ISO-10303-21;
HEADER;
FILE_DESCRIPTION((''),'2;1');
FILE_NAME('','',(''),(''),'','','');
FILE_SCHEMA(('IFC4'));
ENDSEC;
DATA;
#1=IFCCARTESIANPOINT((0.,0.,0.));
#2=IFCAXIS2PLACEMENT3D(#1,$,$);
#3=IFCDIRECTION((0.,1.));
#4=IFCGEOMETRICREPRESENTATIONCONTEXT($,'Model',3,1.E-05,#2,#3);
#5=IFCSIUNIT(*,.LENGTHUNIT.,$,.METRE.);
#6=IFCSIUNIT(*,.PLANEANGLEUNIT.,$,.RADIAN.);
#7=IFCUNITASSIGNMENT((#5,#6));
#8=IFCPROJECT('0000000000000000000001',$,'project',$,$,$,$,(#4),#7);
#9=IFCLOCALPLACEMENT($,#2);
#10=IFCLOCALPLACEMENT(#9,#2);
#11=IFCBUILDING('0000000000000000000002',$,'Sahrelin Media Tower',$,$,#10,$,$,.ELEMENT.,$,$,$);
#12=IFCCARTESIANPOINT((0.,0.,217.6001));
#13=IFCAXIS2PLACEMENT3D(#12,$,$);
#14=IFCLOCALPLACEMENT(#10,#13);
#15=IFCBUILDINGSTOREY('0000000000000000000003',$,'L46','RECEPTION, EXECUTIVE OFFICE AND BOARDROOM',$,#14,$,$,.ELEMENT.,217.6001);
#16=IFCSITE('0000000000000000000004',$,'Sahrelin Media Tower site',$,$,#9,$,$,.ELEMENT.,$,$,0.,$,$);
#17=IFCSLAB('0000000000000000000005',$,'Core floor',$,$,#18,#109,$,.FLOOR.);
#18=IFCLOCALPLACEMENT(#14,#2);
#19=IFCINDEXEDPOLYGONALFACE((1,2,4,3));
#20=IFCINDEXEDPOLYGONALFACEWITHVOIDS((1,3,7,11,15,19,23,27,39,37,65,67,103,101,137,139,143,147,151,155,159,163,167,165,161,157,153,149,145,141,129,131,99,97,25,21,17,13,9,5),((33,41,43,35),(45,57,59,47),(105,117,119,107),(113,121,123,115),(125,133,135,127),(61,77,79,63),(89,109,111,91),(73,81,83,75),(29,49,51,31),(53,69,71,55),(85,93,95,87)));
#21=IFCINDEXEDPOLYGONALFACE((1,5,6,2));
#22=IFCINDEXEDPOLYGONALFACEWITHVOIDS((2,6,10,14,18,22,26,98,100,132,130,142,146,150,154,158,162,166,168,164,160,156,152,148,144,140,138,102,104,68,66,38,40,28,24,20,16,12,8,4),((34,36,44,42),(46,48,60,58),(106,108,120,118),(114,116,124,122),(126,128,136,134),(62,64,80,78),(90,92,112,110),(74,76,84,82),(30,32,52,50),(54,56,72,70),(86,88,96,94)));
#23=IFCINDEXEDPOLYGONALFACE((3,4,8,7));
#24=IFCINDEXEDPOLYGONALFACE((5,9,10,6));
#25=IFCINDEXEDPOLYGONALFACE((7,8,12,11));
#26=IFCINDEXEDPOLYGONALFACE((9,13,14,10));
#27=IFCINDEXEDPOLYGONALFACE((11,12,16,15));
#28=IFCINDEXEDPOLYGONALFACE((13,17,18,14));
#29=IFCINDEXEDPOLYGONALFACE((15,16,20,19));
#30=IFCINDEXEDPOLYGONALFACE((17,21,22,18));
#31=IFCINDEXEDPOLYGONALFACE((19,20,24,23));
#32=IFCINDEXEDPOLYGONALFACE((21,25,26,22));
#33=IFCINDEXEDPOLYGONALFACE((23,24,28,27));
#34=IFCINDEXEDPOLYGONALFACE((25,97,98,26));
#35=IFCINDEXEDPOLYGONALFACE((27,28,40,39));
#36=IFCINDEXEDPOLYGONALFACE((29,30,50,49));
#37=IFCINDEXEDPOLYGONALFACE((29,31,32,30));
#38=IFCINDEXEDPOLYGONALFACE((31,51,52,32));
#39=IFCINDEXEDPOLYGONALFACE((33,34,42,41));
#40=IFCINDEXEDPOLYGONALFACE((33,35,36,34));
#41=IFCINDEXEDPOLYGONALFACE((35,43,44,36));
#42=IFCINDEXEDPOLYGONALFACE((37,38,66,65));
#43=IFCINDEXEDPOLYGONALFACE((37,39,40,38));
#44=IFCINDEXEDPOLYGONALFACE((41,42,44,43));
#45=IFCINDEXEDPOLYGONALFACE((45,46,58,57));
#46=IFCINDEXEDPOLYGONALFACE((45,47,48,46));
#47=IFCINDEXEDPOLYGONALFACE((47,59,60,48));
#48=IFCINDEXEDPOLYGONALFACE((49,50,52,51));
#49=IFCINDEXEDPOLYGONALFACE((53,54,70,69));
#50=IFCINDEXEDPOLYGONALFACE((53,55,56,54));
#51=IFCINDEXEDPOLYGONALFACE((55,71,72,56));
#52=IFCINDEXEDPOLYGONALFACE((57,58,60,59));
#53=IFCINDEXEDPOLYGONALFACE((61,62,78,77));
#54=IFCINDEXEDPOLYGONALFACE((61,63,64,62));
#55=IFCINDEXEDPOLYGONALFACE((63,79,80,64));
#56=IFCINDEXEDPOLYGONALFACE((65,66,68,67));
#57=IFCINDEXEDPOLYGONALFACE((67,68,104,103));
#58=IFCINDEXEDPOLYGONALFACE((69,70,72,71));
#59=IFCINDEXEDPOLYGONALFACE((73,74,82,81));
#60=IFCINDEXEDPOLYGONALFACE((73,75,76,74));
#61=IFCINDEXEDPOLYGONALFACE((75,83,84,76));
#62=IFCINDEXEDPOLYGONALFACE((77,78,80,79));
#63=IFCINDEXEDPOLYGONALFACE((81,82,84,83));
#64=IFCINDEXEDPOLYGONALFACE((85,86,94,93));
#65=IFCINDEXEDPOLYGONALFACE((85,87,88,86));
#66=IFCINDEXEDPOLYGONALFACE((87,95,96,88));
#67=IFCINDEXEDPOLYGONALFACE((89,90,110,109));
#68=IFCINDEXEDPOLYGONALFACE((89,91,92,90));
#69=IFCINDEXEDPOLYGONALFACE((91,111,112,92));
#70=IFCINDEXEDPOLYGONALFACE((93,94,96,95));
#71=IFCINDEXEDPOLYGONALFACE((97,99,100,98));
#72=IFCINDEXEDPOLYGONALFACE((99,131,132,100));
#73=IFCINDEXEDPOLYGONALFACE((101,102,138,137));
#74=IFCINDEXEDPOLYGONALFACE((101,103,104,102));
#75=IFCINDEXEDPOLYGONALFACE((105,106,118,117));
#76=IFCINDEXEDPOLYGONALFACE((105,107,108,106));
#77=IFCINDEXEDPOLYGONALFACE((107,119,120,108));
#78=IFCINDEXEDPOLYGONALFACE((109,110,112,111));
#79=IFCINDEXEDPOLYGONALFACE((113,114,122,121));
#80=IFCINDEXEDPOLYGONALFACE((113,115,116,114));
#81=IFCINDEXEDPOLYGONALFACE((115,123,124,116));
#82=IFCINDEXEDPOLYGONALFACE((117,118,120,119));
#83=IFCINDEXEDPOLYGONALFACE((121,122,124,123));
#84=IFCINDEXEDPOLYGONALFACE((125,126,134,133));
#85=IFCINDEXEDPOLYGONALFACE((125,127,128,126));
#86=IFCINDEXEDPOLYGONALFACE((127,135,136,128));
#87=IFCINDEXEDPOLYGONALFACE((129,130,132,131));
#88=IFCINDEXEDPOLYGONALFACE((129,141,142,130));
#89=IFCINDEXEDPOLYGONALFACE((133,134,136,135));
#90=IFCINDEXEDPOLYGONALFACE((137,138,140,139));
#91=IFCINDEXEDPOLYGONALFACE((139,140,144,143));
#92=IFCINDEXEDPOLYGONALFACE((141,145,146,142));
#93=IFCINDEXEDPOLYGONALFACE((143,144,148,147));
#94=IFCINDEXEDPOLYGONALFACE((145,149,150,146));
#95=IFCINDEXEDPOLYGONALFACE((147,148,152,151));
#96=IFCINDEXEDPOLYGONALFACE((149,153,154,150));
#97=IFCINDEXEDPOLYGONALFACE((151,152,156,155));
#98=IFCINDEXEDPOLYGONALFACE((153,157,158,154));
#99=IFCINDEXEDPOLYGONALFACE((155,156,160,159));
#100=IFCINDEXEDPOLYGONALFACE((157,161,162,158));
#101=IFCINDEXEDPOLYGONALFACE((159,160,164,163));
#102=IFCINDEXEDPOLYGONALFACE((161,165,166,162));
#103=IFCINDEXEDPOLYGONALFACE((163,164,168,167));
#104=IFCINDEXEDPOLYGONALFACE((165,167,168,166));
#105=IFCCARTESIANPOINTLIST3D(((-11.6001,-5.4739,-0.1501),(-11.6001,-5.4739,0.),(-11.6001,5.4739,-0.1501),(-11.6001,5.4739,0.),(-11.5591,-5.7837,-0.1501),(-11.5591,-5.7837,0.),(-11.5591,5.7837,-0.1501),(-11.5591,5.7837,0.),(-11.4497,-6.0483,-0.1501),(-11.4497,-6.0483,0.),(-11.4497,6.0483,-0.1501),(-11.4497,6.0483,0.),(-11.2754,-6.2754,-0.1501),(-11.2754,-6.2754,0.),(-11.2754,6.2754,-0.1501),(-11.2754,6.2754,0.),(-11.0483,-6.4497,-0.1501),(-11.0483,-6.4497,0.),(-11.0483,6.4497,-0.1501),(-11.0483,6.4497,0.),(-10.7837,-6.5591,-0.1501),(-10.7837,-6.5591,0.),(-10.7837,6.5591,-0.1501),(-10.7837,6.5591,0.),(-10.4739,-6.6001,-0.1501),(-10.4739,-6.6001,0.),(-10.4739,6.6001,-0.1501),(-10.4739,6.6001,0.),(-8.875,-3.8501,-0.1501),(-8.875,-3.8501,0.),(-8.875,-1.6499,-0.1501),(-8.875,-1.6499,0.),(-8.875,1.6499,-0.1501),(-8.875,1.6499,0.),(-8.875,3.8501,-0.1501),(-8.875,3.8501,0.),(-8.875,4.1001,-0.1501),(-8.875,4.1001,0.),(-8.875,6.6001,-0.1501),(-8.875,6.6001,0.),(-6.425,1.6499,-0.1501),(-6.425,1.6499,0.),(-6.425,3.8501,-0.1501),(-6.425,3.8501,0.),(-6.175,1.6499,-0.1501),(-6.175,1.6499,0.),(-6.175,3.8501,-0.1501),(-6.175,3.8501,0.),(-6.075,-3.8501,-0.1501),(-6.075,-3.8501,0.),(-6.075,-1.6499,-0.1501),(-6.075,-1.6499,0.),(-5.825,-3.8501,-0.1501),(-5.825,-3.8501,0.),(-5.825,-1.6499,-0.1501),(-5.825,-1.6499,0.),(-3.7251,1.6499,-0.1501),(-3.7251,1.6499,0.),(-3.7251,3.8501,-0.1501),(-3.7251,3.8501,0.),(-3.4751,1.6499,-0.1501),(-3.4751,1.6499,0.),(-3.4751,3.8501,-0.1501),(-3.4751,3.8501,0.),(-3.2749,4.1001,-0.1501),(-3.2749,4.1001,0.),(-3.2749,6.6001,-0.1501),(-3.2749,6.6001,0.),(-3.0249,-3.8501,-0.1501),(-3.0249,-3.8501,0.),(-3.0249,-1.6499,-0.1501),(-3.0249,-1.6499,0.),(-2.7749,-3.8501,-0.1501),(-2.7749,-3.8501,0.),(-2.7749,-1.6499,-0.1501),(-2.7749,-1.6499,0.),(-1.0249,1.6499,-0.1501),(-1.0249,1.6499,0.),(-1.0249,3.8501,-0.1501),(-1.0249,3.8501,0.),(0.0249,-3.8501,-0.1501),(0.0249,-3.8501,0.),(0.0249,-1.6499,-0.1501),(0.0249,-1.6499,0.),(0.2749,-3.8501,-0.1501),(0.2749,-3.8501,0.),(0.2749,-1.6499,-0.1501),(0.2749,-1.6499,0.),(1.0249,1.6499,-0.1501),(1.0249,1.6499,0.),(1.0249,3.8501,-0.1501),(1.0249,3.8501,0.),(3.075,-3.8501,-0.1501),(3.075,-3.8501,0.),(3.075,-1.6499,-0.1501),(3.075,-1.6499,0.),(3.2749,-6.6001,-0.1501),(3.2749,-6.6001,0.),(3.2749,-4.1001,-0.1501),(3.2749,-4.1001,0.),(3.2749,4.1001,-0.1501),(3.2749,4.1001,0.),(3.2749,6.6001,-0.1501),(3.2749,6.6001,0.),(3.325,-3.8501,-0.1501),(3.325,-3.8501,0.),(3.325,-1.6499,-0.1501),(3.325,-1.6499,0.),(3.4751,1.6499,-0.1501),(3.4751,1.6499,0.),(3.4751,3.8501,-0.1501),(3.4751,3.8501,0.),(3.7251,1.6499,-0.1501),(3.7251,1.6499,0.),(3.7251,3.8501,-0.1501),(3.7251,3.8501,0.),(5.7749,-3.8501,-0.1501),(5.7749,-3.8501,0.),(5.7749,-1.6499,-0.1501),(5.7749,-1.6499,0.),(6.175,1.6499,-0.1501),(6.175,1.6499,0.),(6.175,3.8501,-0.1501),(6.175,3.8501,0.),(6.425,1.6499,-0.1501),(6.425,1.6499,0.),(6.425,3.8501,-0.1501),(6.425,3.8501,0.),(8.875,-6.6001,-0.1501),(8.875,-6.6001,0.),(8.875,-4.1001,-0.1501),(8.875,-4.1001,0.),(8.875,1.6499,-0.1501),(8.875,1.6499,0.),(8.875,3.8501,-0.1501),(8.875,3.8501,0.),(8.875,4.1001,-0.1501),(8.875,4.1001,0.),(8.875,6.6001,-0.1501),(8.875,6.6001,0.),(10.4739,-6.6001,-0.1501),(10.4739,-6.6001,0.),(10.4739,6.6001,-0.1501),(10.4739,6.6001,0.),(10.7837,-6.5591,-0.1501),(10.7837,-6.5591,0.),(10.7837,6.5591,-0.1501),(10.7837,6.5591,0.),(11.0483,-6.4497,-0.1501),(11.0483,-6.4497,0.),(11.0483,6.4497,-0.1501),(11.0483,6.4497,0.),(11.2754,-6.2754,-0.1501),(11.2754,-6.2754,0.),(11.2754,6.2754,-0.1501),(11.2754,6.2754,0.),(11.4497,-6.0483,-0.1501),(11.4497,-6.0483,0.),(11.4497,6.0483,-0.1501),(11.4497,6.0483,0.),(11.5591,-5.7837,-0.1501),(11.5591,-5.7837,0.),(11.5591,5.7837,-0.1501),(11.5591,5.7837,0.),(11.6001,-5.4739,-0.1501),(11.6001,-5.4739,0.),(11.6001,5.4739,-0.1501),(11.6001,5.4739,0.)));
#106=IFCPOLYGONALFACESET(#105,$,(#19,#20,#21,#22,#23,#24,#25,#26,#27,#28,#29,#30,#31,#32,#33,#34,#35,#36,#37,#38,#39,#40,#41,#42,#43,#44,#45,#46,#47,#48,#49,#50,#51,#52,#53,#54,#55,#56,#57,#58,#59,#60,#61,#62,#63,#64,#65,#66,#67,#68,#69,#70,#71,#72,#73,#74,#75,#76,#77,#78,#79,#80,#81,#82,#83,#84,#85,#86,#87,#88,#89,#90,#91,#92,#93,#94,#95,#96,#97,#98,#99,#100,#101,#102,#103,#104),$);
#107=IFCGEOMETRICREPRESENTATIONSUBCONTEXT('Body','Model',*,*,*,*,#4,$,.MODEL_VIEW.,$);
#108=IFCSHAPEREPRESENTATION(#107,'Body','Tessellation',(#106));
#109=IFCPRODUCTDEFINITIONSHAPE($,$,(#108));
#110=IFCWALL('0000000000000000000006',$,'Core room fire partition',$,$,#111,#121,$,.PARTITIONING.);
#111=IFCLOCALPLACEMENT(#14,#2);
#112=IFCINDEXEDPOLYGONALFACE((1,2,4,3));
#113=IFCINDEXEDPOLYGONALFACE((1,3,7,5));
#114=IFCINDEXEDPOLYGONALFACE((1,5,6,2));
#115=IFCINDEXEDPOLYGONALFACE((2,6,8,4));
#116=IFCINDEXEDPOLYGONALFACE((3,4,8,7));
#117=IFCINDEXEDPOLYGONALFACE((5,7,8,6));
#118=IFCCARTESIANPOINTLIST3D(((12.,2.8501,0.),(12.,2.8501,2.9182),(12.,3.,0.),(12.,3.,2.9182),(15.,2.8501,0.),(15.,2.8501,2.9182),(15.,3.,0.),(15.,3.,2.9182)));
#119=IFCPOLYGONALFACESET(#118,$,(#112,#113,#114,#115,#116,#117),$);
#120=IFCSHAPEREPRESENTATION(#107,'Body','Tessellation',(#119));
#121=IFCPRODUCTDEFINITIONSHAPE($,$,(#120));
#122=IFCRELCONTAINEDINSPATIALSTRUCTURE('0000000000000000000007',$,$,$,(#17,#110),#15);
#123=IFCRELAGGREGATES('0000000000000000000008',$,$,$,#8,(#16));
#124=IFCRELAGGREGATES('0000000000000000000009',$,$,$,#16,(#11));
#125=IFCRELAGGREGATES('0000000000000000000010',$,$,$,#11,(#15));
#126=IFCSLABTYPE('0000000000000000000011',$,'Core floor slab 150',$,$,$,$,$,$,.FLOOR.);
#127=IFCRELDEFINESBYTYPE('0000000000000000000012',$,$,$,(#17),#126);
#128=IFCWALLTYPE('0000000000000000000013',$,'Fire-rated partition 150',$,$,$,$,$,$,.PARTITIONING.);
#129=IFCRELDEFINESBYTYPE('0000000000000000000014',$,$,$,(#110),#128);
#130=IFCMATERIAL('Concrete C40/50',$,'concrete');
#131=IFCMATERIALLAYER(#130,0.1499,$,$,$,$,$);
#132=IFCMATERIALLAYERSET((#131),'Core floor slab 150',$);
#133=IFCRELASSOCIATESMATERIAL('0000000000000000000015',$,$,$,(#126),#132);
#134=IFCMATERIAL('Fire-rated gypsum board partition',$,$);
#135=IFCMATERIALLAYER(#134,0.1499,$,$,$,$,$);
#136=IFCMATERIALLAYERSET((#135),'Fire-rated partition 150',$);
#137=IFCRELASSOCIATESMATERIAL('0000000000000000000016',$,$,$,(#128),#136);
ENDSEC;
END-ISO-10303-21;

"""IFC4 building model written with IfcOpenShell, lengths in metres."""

from ifc_helpers import new_model, si_unit, direction, frame, frame_2d, origin, place, context, subcontext, project, spatial, polyline, rectangle, outline, extrude, material, layer, layer_set, type_object, element, save


model = new_model("IFC4")

# Units and contexts
model_context = context("Model", 3, precision=1e-05, world=origin(), true_north=direction((0.0, 1.0)))
body_context = subcontext(model_context, "Body", "Model", "MODEL_VIEW")
ifc_project = project(units=[si_unit("LENGTHUNIT", "METRE"), si_unit("PLANEANGLEUNIT", "RADIAN")], contexts=[model_context])

# Site, building, storey
site_placement = place(None, origin())
site = spatial("IfcSite", under=ifc_project, at=site_placement, Name="Sahrelin Media Tower site", CompositionType="ELEMENT", RefElevation=0.0)
building_placement = place(site_placement, origin())
building = spatial("IfcBuilding", under=site, at=building_placement, Name="Sahrelin Media Tower", CompositionType="ELEMENT")
storey_placement = place(building_placement, frame((0.0, 0.0, 217.6001)))
storey = spatial("IfcBuildingStorey", under=building, at=storey_placement, Name="L46", Description="RECEPTION, EXECUTIVE OFFICE AND BOARDROOM", CompositionType="ELEMENT", Elevation=217.6001)

# Slab
ifc_material_1 = material(Name="Concrete C40/50", Category="concrete")
ifc_layer_1 = layer(ifc_material_1, 0.1499)
ifc_layer_set_1 = layer_set([ifc_layer_1], Name="Core floor slab 150")
slab_type = type_object("IfcSlabType", Name="Core floor slab 150", PredefinedType="FLOOR", material=ifc_layer_set_1)
slab_placement = place(storey_placement, frame((0.0, 0.0, -0.1501)))
element("IfcSlab", 1, at=slab_placement, inside=storey, type_object=slab_type, Name="Core floor", PredefinedType="FLOOR", context=body_context, shape_type="SweptSolid", body=[
    extrude(outline(polyline([(-11.6001, -5.4739), (-11.5591, -5.7837), (-11.4497, -6.0483), (-11.2754, -6.2754), (-11.0483, -6.4497), (-10.7837, -6.5591), (-10.4739, -6.6001), (3.2749, -6.6001), (3.2749, -4.1001), (8.875, -4.1001), (8.875, -6.6001), (10.4739, -6.6001), (10.7837, -6.5591), (11.0483, -6.4497), (11.2754, -6.2754), (11.4497, -6.0483), (11.5591, -5.7837), (11.6001, -5.4739), (11.6001, 5.4739), (11.5591, 5.7837), (11.4497, 6.0483), (11.2754, 6.2754), (11.0483, 6.4497), (10.7837, 6.5591), (10.4739, 6.6001), (8.875, 6.6001), (8.875, 4.1001), (3.2749, 4.1001), (3.2749, 6.6001), (-3.2749, 6.6001), (-3.2749, 4.1001), (-8.875, 4.1001), (-8.875, 6.6001), (-10.4739, 6.6001), (-10.7837, 6.5591), (-11.0483, 6.4497), (-11.2754, 6.2754), (-11.4497, 6.0483), (-11.5591, 5.7837), (-11.6001, 5.4739), (-11.6001, -5.4739)]), holes=[polyline([(-8.875, 3.8501), (-8.875, 1.6499), (-6.425, 1.6499), (-6.425, 3.8501), (-8.875, 3.8501)]), polyline([(-3.7251, 3.8501), (-6.175, 3.8501), (-6.175, 1.6499), (-3.7251, 1.6499), (-3.7251, 3.8501)]), polyline([(-1.0249, 1.6499), (-1.0249, 3.8501), (-3.4751, 3.8501), (-3.4751, 1.6499), (-1.0249, 1.6499)]), polyline([(1.0249, 1.6499), (3.4751, 1.6499), (3.4751, 3.8501), (1.0249, 3.8501), (1.0249, 1.6499)]), polyline([(3.7251, 3.8501), (3.7251, 1.6499), (6.175, 1.6499), (6.175, 3.8501), (3.7251, 3.8501)]), polyline([(8.875, 3.8501), (6.425, 3.8501), (6.425, 1.6499), (8.875, 1.6499), (8.875, 3.8501)]), polyline([(-6.075, -3.8501), (-6.075, -1.6499), (-8.875, -1.6499), (-8.875, -3.8501), (-6.075, -3.8501)]), polyline([(-5.825, -3.8501), (-3.0249, -3.8501), (-3.0249, -1.6499), (-5.825, -1.6499), (-5.825, -3.8501)]), polyline([(-2.7749, -1.6499), (-2.7749, -3.8501), (0.0249, -3.8501), (0.0249, -1.6499), (-2.7749, -1.6499)]), polyline([(3.075, -1.6499), (0.2749, -1.6499), (0.2749, -3.8501), (3.075, -3.8501), (3.075, -1.6499)]), polyline([(5.7749, -3.8501), (5.7749, -1.6499), (3.325, -1.6499), (3.325, -3.8501), (5.7749, -3.8501)])]), origin(), (0.0, 0.0, 1.0), 0.1501),
])

# Wall
ifc_material_2 = material(Name="Fire-rated gypsum board partition")
ifc_layer_2 = layer(ifc_material_2, 0.1499)
ifc_layer_set_2 = layer_set([ifc_layer_2], Name="Fire-rated partition 150")
wall_type_1 = type_object("IfcWallType", Name="Fire-rated partition 150", PredefinedType="PARTITIONING", material=ifc_layer_set_2)
wall_1_placement = place(storey_placement, frame((12.0, 2.925, 0.0), z_axis=(0.0, 0.0, 1.0), x_axis=(1.0, 0.0, 0.0)))
element("IfcWall", 2, at=wall_1_placement, inside=storey, type_object=wall_type_1, Name="Core room fire partition", PredefinedType="PARTITIONING", context=body_context, shape_type="SweptSolid", body=[
    extrude(rectangle(XDim=3.0, YDim=0.1499, at=frame_2d((1.5, 0.0))), origin(), (0.0, 0.0, 1.0), 2.9182),
])

save(model, "model.ifc")
